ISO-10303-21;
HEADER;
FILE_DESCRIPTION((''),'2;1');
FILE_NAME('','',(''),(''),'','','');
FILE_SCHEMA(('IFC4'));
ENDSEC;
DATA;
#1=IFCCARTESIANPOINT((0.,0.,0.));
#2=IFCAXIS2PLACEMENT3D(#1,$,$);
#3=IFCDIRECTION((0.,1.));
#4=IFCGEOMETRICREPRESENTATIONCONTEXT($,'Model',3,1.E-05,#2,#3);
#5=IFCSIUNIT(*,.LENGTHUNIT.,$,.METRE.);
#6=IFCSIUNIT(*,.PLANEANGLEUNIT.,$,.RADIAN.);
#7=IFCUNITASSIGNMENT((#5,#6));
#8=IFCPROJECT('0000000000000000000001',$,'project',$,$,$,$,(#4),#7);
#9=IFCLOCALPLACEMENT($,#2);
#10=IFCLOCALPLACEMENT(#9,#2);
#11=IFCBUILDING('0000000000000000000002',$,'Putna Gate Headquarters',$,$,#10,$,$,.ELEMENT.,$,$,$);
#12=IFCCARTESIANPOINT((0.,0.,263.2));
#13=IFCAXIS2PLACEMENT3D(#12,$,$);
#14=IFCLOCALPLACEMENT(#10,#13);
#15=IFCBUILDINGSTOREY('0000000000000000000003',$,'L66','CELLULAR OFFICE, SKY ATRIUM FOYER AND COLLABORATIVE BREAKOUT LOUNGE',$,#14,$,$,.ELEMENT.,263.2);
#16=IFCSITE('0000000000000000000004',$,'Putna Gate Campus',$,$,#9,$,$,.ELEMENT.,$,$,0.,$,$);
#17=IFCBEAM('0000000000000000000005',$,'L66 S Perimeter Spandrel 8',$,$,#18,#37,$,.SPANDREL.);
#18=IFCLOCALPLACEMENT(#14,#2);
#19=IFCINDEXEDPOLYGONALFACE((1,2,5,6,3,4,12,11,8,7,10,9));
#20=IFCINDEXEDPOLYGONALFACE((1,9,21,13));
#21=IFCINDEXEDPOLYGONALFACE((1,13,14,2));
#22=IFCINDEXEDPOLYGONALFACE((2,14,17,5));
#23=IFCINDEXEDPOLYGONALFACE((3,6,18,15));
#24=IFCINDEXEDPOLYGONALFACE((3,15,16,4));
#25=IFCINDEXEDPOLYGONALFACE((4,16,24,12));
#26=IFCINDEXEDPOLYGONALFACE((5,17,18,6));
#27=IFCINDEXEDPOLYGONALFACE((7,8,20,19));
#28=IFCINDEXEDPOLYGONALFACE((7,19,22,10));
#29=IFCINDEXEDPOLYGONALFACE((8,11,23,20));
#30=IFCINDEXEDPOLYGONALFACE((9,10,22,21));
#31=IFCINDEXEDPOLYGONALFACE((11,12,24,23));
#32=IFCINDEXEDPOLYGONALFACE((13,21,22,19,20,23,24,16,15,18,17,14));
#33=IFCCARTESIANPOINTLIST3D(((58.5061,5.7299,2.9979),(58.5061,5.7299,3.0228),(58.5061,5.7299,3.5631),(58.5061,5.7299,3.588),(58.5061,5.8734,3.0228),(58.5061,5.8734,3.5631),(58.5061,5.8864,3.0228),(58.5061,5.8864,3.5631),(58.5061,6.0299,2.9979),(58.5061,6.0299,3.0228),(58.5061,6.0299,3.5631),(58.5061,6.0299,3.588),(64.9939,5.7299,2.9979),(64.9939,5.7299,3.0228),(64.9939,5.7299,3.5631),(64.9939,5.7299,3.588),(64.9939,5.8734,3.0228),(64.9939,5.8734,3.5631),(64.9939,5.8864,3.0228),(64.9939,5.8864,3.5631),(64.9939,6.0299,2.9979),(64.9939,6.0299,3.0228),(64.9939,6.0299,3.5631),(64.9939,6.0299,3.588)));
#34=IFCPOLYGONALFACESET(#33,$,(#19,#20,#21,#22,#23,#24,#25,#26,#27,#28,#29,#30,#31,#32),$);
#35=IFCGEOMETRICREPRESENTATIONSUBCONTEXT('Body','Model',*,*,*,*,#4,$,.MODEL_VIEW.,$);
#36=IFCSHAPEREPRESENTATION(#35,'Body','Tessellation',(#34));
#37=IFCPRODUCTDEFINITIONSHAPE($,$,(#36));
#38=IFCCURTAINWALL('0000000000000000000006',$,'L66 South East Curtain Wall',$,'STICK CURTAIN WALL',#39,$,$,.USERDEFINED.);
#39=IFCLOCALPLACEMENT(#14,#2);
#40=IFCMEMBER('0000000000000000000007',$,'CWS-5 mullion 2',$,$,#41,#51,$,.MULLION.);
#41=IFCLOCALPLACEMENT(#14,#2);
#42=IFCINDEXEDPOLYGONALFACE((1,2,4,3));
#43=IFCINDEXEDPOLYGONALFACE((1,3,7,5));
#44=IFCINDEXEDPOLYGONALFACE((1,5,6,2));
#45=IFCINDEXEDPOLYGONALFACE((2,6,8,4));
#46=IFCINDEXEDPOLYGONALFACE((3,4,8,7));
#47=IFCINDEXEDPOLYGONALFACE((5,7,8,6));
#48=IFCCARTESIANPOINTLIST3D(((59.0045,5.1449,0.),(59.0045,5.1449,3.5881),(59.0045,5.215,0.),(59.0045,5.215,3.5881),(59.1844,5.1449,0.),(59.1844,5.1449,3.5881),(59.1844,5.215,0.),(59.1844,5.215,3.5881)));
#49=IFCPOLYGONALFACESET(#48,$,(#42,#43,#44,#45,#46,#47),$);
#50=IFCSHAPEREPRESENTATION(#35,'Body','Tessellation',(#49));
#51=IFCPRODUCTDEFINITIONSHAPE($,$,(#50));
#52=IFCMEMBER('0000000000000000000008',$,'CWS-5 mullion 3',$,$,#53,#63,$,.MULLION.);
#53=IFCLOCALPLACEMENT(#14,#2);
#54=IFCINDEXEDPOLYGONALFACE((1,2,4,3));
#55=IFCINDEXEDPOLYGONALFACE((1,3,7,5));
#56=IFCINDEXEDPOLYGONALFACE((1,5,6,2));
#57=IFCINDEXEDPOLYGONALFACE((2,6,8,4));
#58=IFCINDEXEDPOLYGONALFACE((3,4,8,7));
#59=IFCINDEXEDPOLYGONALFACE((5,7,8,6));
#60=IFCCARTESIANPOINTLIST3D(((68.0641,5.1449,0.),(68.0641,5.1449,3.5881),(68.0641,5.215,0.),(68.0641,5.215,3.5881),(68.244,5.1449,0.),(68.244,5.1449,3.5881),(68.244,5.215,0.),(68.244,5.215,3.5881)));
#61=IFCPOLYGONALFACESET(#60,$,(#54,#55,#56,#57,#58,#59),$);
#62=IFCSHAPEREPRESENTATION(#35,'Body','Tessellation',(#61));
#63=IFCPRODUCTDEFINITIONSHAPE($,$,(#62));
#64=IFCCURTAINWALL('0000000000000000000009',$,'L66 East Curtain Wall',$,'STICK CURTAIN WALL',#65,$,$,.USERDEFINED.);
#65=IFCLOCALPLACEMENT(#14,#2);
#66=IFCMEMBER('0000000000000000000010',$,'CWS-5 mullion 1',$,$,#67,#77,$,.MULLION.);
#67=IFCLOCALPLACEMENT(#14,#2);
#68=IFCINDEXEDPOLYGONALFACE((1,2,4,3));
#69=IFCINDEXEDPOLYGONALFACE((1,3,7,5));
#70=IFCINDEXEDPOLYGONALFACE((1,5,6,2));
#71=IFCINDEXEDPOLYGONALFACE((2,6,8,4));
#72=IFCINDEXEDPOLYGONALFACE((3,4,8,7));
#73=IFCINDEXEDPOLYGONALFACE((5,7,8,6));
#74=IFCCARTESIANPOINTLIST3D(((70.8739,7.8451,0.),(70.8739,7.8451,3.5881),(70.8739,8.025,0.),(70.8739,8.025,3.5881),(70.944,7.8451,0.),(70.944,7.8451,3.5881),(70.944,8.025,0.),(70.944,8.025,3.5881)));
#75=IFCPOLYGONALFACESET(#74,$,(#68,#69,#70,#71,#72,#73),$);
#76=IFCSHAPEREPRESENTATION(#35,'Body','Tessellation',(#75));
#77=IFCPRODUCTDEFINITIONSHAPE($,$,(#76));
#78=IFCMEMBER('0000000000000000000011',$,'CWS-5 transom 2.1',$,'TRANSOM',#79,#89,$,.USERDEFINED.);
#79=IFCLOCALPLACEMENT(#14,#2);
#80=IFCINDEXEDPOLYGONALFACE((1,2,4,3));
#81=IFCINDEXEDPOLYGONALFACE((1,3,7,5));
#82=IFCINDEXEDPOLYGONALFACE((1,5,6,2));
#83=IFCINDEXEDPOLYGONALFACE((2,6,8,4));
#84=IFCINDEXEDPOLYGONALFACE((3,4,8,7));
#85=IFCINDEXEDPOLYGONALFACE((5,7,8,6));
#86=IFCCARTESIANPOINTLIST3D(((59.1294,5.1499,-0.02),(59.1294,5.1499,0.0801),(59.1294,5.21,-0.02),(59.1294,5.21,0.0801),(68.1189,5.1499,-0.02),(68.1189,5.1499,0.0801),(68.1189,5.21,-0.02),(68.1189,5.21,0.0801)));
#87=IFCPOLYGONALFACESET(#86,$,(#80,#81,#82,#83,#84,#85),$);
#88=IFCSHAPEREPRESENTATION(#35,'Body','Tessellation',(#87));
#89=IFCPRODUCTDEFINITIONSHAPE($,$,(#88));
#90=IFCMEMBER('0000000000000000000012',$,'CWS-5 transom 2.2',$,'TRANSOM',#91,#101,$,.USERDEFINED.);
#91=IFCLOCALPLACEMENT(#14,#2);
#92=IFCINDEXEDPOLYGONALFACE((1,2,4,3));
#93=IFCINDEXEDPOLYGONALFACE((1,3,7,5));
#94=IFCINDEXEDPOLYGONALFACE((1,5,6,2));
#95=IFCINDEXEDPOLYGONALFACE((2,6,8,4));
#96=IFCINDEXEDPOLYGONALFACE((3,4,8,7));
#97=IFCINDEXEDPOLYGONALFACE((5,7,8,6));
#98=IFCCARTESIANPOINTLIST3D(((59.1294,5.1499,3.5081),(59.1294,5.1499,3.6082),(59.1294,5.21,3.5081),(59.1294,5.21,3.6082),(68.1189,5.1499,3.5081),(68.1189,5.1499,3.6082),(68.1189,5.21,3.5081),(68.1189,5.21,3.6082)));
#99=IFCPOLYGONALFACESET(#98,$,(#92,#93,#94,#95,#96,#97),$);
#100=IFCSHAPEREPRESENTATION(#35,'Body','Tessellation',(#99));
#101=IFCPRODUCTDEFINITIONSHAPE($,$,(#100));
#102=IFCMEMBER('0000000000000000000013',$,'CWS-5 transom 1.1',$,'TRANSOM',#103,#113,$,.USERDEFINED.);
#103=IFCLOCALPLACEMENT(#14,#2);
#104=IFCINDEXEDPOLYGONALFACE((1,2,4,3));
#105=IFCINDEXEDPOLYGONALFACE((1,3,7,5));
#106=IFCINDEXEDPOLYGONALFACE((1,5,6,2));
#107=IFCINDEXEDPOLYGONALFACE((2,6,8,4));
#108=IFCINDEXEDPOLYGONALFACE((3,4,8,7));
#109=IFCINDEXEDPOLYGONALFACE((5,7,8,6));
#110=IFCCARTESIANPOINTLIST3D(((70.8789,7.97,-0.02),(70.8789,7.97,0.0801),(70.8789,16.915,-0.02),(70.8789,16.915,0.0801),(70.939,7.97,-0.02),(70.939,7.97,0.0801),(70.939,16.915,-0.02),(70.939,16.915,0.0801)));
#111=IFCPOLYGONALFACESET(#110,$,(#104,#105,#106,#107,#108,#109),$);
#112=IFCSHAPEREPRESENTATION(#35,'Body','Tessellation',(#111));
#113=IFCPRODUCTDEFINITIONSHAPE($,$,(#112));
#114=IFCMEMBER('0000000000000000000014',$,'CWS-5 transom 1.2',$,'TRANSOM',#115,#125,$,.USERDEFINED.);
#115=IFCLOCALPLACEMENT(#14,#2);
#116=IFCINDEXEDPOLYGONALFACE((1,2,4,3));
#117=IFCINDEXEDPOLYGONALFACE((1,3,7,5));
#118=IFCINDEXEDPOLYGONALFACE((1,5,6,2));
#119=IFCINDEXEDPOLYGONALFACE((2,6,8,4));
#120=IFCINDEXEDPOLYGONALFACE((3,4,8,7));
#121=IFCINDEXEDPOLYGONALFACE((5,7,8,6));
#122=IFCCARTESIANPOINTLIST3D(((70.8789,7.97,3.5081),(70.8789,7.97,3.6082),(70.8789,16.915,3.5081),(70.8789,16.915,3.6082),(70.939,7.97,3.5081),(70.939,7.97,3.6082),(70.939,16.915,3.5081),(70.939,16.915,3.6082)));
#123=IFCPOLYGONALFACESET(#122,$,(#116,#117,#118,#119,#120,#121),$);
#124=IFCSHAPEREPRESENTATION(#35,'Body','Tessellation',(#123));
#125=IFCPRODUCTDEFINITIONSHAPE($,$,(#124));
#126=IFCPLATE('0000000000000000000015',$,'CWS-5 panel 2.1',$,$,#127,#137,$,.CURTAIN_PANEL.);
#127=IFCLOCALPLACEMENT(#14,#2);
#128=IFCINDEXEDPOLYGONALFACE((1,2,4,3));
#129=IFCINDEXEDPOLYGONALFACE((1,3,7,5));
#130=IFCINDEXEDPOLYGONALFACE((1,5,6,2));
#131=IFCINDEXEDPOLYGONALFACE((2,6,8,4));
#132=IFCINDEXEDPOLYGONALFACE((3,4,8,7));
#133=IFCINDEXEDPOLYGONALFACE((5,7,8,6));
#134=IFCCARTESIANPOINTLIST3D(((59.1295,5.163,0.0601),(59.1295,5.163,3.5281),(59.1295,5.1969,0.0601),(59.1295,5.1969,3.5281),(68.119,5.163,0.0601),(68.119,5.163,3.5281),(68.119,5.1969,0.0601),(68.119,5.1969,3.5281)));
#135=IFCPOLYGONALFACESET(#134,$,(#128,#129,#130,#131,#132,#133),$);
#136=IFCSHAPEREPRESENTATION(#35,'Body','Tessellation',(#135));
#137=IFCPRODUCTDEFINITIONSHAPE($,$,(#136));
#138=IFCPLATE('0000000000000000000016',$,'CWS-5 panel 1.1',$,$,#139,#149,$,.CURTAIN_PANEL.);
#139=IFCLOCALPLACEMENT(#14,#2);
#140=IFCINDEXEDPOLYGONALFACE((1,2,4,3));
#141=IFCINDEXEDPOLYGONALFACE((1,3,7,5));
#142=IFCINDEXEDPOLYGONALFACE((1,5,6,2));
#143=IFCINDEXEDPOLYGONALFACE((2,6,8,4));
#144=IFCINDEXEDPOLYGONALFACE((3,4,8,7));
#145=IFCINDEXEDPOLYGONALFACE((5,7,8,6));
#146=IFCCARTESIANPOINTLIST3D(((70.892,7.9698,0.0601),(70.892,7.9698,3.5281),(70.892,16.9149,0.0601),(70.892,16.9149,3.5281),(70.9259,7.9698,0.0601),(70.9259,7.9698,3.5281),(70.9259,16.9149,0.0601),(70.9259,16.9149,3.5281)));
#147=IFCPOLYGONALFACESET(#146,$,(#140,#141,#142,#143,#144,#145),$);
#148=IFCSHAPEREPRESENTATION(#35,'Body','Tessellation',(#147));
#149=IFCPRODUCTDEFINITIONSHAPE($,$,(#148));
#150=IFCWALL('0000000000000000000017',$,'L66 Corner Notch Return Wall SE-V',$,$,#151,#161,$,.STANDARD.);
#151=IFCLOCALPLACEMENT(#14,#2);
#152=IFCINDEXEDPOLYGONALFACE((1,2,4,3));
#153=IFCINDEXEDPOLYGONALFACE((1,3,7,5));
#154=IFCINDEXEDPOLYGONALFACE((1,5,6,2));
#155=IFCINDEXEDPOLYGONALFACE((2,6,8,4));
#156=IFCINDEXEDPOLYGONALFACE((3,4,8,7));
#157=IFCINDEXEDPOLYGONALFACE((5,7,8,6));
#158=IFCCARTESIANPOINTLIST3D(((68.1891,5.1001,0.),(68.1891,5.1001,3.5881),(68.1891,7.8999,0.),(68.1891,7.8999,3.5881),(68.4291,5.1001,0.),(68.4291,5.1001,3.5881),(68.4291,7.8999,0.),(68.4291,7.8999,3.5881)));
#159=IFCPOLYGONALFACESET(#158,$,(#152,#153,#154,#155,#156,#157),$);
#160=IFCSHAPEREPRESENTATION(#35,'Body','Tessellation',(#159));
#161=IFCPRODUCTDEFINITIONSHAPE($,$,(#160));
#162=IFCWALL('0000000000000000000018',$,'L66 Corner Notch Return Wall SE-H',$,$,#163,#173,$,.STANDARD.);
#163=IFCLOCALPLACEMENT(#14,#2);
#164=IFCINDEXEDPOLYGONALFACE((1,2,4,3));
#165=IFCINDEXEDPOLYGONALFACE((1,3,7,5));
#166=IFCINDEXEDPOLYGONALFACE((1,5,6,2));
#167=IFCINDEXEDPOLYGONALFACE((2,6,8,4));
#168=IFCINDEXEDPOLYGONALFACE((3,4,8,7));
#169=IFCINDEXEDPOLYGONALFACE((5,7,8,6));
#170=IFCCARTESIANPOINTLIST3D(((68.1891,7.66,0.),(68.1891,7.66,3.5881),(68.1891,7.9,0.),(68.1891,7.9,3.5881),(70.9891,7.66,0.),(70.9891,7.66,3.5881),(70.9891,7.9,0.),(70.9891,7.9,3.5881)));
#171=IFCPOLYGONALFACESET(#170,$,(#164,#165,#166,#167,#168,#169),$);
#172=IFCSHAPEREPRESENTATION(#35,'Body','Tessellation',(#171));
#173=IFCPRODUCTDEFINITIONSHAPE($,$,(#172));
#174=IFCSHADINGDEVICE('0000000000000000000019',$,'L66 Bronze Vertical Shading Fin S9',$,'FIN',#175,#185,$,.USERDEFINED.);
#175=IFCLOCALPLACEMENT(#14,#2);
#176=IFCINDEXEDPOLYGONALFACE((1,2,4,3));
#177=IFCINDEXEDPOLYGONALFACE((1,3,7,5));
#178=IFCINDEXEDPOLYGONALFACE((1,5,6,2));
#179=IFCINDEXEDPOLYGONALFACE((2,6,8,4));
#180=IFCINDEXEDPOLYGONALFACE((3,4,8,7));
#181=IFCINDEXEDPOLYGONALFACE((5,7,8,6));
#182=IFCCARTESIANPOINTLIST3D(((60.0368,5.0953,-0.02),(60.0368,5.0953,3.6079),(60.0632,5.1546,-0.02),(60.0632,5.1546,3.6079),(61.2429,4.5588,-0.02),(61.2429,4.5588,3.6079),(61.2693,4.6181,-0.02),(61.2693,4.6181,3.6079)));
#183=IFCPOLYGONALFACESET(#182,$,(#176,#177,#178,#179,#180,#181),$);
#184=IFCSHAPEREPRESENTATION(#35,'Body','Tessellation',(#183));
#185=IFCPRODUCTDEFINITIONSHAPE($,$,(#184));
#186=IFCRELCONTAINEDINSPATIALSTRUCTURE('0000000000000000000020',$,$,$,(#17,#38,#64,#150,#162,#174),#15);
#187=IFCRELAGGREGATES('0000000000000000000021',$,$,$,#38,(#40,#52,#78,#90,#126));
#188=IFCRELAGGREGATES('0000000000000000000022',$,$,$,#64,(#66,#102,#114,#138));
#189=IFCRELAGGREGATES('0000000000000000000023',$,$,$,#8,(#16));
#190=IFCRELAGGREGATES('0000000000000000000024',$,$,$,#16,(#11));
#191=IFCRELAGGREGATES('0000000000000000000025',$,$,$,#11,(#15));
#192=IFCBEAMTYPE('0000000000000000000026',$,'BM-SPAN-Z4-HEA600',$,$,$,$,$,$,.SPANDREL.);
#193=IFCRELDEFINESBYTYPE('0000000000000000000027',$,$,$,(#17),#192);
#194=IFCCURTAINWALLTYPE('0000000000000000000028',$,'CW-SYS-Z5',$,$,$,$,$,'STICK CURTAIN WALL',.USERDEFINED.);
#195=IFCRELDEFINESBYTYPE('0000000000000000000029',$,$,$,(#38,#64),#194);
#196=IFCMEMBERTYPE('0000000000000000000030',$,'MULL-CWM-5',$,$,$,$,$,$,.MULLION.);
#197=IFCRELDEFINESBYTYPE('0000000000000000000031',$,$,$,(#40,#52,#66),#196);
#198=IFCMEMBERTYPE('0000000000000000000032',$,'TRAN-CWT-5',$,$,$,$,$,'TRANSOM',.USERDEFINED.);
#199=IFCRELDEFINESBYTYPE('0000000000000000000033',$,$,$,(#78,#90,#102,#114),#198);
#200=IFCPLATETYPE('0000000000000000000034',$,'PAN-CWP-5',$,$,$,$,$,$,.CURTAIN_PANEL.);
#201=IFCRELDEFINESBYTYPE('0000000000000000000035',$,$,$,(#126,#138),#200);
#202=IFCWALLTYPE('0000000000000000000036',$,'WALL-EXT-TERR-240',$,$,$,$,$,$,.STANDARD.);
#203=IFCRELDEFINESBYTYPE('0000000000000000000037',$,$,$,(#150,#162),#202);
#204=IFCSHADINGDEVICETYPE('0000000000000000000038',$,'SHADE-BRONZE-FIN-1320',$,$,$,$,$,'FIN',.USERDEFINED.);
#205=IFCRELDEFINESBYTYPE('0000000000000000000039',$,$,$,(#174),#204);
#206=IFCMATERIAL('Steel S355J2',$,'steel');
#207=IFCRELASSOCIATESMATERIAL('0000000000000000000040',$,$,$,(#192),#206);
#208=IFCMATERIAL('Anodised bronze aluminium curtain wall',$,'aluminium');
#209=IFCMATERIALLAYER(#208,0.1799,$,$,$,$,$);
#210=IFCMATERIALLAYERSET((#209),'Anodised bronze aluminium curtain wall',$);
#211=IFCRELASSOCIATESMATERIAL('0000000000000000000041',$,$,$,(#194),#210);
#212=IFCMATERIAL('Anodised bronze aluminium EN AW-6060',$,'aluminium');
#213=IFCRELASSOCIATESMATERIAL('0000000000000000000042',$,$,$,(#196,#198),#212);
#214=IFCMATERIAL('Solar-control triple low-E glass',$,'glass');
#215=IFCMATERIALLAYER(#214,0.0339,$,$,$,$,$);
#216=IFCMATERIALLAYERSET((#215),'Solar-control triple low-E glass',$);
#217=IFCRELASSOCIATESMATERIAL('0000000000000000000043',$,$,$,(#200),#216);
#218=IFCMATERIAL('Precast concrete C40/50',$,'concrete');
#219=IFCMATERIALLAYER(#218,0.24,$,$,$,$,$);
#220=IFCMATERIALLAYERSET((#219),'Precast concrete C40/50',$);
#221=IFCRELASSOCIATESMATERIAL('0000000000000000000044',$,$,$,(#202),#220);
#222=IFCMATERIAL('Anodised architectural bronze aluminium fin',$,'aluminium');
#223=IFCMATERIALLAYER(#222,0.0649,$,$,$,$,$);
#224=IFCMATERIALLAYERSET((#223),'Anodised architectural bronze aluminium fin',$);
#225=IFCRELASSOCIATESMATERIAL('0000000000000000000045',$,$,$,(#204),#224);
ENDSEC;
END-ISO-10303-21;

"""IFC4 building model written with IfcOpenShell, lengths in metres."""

from ifc_helpers import new_model, si_unit, direction, frame, frame_2d, origin, origin_2d, place, context, subcontext, project, spatial, rectangle, i_section, extrude, material, layer, layer_set, material_profile, profile_set, type_object, element, aggregate, save


model = new_model("IFC4")

# Units and contexts
model_context = context("Model", 3, precision=1e-05, world=origin(), true_north=direction((0.0, 1.0)))
body_context = subcontext(model_context, "Body", "Model", "MODEL_VIEW")
ifc_project = project(units=[si_unit("LENGTHUNIT", "METRE"), si_unit("PLANEANGLEUNIT", "RADIAN")], contexts=[model_context])

# Site, building, storey
site_placement = place(None, origin())
site = spatial("IfcSite", under=ifc_project, at=site_placement, Name="Putna Gate Campus", CompositionType="ELEMENT", RefElevation=0.0)
building_placement = place(site_placement, origin())
building = spatial("IfcBuilding", under=site, at=building_placement, Name="Putna Gate Headquarters", CompositionType="ELEMENT")
storey_placement = place(building_placement, frame((0.0, 0.0, 263.2)))
storey = spatial("IfcBuildingStorey", under=building, at=storey_placement, Name="L66", Description="CELLULAR OFFICE, SKY ATRIUM FOYER AND COLLABORATIVE BREAKOUT LOUNGE", CompositionType="ELEMENT", Elevation=263.2)

# Beam
ifc_material_1 = material(Name="Steel S355J2", Category="steel")
ifc_material_profile_1 = material_profile(ifc_material_1, i_section(OverallWidth=0.3, OverallDepth=0.5901, WebThickness=0.0129, FlangeThickness=0.0249, at=origin_2d()), Name="Steel S355J2")
ifc_profile_set_1 = profile_set([ifc_material_profile_1], Name="Steel S355J2")
beam_type_1 = type_object("IfcBeamType", Name="BM-SPAN-Z4-HEA600", PredefinedType="SPANDREL", material=ifc_profile_set_1)
beam_1_placement = place(storey_placement, frame((58.5061, 5.8799, 3.293), z_axis=(1.0, 0.0, 0.0), x_axis=(0.0, 1.0, 0.0)))
element("IfcBeam", 1, at=beam_1_placement, inside=storey, type_object=beam_type_1, Name="L66 S Perimeter Spandrel 8", PredefinedType="SPANDREL", context=body_context, shape_type="SweptSolid", body=[
    extrude(i_section(OverallWidth=0.3, OverallDepth=0.5901, WebThickness=0.0129, FlangeThickness=0.0249, at=origin_2d()), origin(), (0.0, 0.0, 1.0), 6.4878),
])

# Curtain wall, members
ifc_material_2 = material(Name="Anodised bronze aluminium curtain wall", Category="aluminium")
ifc_layer_1 = layer(ifc_material_2, 0.1799)
ifc_layer_set_1 = layer_set([ifc_layer_1], Name="Anodised bronze aluminium curtain wall")
curtain_wall_type = type_object("IfcCurtainWallType", Name="CW-SYS-Z5", ElementType="STICK CURTAIN WALL", PredefinedType="USERDEFINED", material=ifc_layer_set_1)
curtain_wall_1_placement = place(storey_placement, origin())
curtain_wall_1 = element("IfcCurtainWall", 2, at=curtain_wall_1_placement, inside=storey, type_object=curtain_wall_type, Name="L66 South East Curtain Wall", ObjectType="STICK CURTAIN WALL", PredefinedType="USERDEFINED")
ifc_material_3 = material(Name="Anodised bronze aluminium EN AW-6060", Category="aluminium")
ifc_material_profile_2 = material_profile(ifc_material_3, rectangle(XDim=0.0701, YDim=0.1799, at=origin_2d()), Name="Anodised bronze aluminium EN AW-6060")
ifc_profile_set_2 = profile_set([ifc_material_profile_2], Name="Anodised bronze aluminium EN AW-6060")
member_type_1 = type_object("IfcMemberType", Name="MULL-CWM-5", PredefinedType="MULLION", material=ifc_profile_set_2)
member_1_placement = place(storey_placement, frame((59.0945, 5.1799, 0.0), z_axis=(0.0, 0.0, 1.0), x_axis=(0.0, 1.0, 0.0)))
member_1 = element("IfcMember", 3, at=member_1_placement, type_object=member_type_1, Name="CWS-5 mullion 2", PredefinedType="MULLION", context=body_context, shape_type="SweptSolid", body=[
    extrude(rectangle(XDim=0.0701, YDim=0.1799, at=origin_2d()), origin(), (0.0, 0.0, 1.0), 3.5881),
])
member_2_placement = place(storey_placement, frame((68.1541, 5.1799, 0.0), z_axis=(0.0, 0.0, 1.0), x_axis=(0.0, 1.0, 0.0)))
member_2 = element("IfcMember", 4, at=member_2_placement, type_object=member_type_1, Name="CWS-5 mullion 3", PredefinedType="MULLION", context=body_context, shape_type="SweptSolid", body=[
    extrude(rectangle(XDim=0.0701, YDim=0.1799, at=origin_2d()), origin(), (0.0, 0.0, 1.0), 3.5881),
])

# Curtain wall, member
curtain_wall_2_placement = place(storey_placement, origin())
curtain_wall_2 = element("IfcCurtainWall", 5, at=curtain_wall_2_placement, inside=storey, type_object=curtain_wall_type, Name="L66 East Curtain Wall", ObjectType="STICK CURTAIN WALL", PredefinedType="USERDEFINED")
member_3_placement = place(storey_placement, frame((70.9089, 7.9351, 0.0), z_axis=(0.0, 0.0, 1.0), x_axis=(-1.0, 0.0, 0.0)))
member_3 = element("IfcMember", 6, at=member_3_placement, type_object=member_type_1, Name="CWS-5 mullion 1", PredefinedType="MULLION", context=body_context, shape_type="SweptSolid", body=[
    extrude(rectangle(XDim=0.0701, YDim=0.1799, at=origin_2d()), origin(), (0.0, 0.0, 1.0), 3.5881),
])

# Members
ifc_material_profile_3 = material_profile(ifc_material_3, rectangle(XDim=0.0601, YDim=0.1001, at=origin_2d()), Name="Anodised bronze aluminium EN AW-6060")
ifc_profile_set_3 = profile_set([ifc_material_profile_3], Name="Anodised bronze aluminium EN AW-6060")
member_type_2 = type_object("IfcMemberType", Name="TRAN-CWT-5", ElementType="TRANSOM", PredefinedType="USERDEFINED", material=ifc_profile_set_3)
member_4_placement = place(storey_placement, frame((59.1294, 5.1799, 0.03), z_axis=(1.0, 0.0, 0.0), x_axis=(0.0, 1.0, 0.0)))
member_4 = element("IfcMember", 7, at=member_4_placement, type_object=member_type_2, Name="CWS-5 transom 2.1", ObjectType="TRANSOM", PredefinedType="USERDEFINED", context=body_context, shape_type="SweptSolid", body=[
    extrude(rectangle(XDim=0.0601, YDim=0.1001, at=origin_2d()), origin(), (0.0, 0.0, 1.0), 8.9895),
])
member_5_placement = place(storey_placement, frame((59.1294, 5.1799, 3.5581), z_axis=(1.0, 0.0, 0.0), x_axis=(0.0, 1.0, 0.0)))
member_5 = element("IfcMember", 8, at=member_5_placement, type_object=member_type_2, Name="CWS-5 transom 2.2", ObjectType="TRANSOM", PredefinedType="USERDEFINED", context=body_context, shape_type="SweptSolid", body=[
    extrude(rectangle(XDim=0.0601, YDim=0.1001, at=origin_2d()), origin(), (0.0, 0.0, 1.0), 8.9895),
])
member_6_placement = place(storey_placement, frame((70.9089, 7.97, 0.03), z_axis=(0.0, 1.0, 0.0), x_axis=(-1.0, 0.0, 0.0)))
member_6 = element("IfcMember", 9, at=member_6_placement, type_object=member_type_2, Name="CWS-5 transom 1.1", ObjectType="TRANSOM", PredefinedType="USERDEFINED", context=body_context, shape_type="SweptSolid", body=[
    extrude(rectangle(XDim=0.0601, YDim=0.1001, at=origin_2d()), origin(), (0.0, 0.0, 1.0), 8.9451),
])
member_7_placement = place(storey_placement, frame((70.9089, 7.97, 3.5581), z_axis=(0.0, 1.0, 0.0), x_axis=(-1.0, 0.0, 0.0)))
member_7 = element("IfcMember", 10, at=member_7_placement, type_object=member_type_2, Name="CWS-5 transom 1.2", ObjectType="TRANSOM", PredefinedType="USERDEFINED", context=body_context, shape_type="SweptSolid", body=[
    extrude(rectangle(XDim=0.0601, YDim=0.1001, at=origin_2d()), origin(), (0.0, 0.0, 1.0), 8.9451),
])

# Plates
ifc_material_4 = material(Name="Solar-control triple low-E glass", Category="glass")
ifc_layer_2 = layer(ifc_material_4, 0.0339)
ifc_layer_set_2 = layer_set([ifc_layer_2], Name="Solar-control triple low-E glass")
plate_type = type_object("IfcPlateType", Name="PAN-CWP-5", PredefinedType="CURTAIN_PANEL", material=ifc_layer_set_2)
plate_1_placement = place(storey_placement, frame((63.6243, 5.1799, 0.0601), z_axis=(0.0, 0.0, 1.0), x_axis=(1.0, 0.0, 0.0)))
plate_1 = element("IfcPlate", 11, at=plate_1_placement, type_object=plate_type, Name="CWS-5 panel 2.1", PredefinedType="CURTAIN_PANEL", context=body_context, shape_type="SweptSolid", body=[
    extrude(rectangle(XDim=8.9895, YDim=0.0339, at=origin_2d()), origin(), (0.0, 0.0, 1.0), 3.468),
])
aggregate(curtain_wall_1, [member_1, member_2, member_4, member_5, plate_1])
plate_2_placement = place(storey_placement, frame((70.9089, 12.4424, 0.0601), z_axis=(0.0, 0.0, 1.0), x_axis=(0.0, 1.0, 0.0)))
plate_2 = element("IfcPlate", 12, at=plate_2_placement, type_object=plate_type, Name="CWS-5 panel 1.1", PredefinedType="CURTAIN_PANEL", context=body_context, shape_type="SweptSolid", body=[
    extrude(rectangle(XDim=8.9451, YDim=0.0339, at=origin_2d()), origin(), (0.0, 0.0, 1.0), 3.468),
])
aggregate(curtain_wall_2, [member_3, member_6, member_7, plate_2])

# Walls
ifc_material_5 = material(Name="Precast concrete C40/50", Category="concrete")
ifc_layer_3 = layer(ifc_material_5, 0.24)
ifc_layer_set_3 = layer_set([ifc_layer_3], Name="Precast concrete C40/50")
wall_type = type_object("IfcWallType", Name="WALL-EXT-TERR-240", PredefinedType="STANDARD", material=ifc_layer_set_3)
wall_1_placement = place(storey_placement, frame((68.3091, 7.8999, 0.0), z_axis=(0.0, 0.0, 1.0), x_axis=(0.0, -1.0, 0.0)))
element("IfcWall", 13, at=wall_1_placement, inside=storey, type_object=wall_type, Name="L66 Corner Notch Return Wall SE-V", PredefinedType="STANDARD", context=body_context, shape_type="SweptSolid", body=[
    extrude(rectangle(XDim=2.7998, YDim=0.24, at=frame_2d((1.3999, 0.0))), origin(), (0.0, 0.0, 1.0), 3.5881),
])
wall_2_placement = place(storey_placement, frame((70.989, 7.78, 0.0), z_axis=(0.0, 0.0, 1.0), x_axis=(-1.0, 0.0, 0.0)))
element("IfcWall", 14, at=wall_2_placement, inside=storey, type_object=wall_type, Name="L66 Corner Notch Return Wall SE-H", PredefinedType="STANDARD", context=body_context, shape_type="SweptSolid", body=[
    extrude(rectangle(XDim=2.8, YDim=0.24, at=frame_2d((1.3999, 0.0))), origin(), (0.0, 0.0, 1.0), 3.5881),
])

# Shading device
ifc_material_6 = material(Name="Anodised architectural bronze aluminium fin", Category="aluminium")
ifc_layer_4 = layer(ifc_material_6, 0.0649)
ifc_layer_set_4 = layer_set([ifc_layer_4], Name="Anodised architectural bronze aluminium fin")
shading_device_type = type_object("IfcShadingDeviceType", Name="SHADE-BRONZE-FIN-1320", ElementType="FIN", PredefinedType="USERDEFINED", material=ifc_layer_set_4)
for number, where, z_axis, x_axis, name in (
    (15, (60.6531, 4.8567, -0.02), (0.0, 0.0, 1.0), (0.913687, -0.406418, 0.0), "L66 Bronze Vertical Shading Fin S9"),
):
    element("IfcShadingDevice", number, at=place(storey_placement, frame(where, z_axis=z_axis, x_axis=x_axis)), inside=storey, type_object=shading_device_type, Name=name, ObjectType="FIN", PredefinedType="USERDEFINED", context=body_context, shape_type="SweptSolid", body=[
        extrude(rectangle(XDim=1.3201, YDim=0.0649, at=origin_2d()), origin(), (0.0, 0.0, 1.0), 3.6279),
    ])

save(model, "model.ifc")
